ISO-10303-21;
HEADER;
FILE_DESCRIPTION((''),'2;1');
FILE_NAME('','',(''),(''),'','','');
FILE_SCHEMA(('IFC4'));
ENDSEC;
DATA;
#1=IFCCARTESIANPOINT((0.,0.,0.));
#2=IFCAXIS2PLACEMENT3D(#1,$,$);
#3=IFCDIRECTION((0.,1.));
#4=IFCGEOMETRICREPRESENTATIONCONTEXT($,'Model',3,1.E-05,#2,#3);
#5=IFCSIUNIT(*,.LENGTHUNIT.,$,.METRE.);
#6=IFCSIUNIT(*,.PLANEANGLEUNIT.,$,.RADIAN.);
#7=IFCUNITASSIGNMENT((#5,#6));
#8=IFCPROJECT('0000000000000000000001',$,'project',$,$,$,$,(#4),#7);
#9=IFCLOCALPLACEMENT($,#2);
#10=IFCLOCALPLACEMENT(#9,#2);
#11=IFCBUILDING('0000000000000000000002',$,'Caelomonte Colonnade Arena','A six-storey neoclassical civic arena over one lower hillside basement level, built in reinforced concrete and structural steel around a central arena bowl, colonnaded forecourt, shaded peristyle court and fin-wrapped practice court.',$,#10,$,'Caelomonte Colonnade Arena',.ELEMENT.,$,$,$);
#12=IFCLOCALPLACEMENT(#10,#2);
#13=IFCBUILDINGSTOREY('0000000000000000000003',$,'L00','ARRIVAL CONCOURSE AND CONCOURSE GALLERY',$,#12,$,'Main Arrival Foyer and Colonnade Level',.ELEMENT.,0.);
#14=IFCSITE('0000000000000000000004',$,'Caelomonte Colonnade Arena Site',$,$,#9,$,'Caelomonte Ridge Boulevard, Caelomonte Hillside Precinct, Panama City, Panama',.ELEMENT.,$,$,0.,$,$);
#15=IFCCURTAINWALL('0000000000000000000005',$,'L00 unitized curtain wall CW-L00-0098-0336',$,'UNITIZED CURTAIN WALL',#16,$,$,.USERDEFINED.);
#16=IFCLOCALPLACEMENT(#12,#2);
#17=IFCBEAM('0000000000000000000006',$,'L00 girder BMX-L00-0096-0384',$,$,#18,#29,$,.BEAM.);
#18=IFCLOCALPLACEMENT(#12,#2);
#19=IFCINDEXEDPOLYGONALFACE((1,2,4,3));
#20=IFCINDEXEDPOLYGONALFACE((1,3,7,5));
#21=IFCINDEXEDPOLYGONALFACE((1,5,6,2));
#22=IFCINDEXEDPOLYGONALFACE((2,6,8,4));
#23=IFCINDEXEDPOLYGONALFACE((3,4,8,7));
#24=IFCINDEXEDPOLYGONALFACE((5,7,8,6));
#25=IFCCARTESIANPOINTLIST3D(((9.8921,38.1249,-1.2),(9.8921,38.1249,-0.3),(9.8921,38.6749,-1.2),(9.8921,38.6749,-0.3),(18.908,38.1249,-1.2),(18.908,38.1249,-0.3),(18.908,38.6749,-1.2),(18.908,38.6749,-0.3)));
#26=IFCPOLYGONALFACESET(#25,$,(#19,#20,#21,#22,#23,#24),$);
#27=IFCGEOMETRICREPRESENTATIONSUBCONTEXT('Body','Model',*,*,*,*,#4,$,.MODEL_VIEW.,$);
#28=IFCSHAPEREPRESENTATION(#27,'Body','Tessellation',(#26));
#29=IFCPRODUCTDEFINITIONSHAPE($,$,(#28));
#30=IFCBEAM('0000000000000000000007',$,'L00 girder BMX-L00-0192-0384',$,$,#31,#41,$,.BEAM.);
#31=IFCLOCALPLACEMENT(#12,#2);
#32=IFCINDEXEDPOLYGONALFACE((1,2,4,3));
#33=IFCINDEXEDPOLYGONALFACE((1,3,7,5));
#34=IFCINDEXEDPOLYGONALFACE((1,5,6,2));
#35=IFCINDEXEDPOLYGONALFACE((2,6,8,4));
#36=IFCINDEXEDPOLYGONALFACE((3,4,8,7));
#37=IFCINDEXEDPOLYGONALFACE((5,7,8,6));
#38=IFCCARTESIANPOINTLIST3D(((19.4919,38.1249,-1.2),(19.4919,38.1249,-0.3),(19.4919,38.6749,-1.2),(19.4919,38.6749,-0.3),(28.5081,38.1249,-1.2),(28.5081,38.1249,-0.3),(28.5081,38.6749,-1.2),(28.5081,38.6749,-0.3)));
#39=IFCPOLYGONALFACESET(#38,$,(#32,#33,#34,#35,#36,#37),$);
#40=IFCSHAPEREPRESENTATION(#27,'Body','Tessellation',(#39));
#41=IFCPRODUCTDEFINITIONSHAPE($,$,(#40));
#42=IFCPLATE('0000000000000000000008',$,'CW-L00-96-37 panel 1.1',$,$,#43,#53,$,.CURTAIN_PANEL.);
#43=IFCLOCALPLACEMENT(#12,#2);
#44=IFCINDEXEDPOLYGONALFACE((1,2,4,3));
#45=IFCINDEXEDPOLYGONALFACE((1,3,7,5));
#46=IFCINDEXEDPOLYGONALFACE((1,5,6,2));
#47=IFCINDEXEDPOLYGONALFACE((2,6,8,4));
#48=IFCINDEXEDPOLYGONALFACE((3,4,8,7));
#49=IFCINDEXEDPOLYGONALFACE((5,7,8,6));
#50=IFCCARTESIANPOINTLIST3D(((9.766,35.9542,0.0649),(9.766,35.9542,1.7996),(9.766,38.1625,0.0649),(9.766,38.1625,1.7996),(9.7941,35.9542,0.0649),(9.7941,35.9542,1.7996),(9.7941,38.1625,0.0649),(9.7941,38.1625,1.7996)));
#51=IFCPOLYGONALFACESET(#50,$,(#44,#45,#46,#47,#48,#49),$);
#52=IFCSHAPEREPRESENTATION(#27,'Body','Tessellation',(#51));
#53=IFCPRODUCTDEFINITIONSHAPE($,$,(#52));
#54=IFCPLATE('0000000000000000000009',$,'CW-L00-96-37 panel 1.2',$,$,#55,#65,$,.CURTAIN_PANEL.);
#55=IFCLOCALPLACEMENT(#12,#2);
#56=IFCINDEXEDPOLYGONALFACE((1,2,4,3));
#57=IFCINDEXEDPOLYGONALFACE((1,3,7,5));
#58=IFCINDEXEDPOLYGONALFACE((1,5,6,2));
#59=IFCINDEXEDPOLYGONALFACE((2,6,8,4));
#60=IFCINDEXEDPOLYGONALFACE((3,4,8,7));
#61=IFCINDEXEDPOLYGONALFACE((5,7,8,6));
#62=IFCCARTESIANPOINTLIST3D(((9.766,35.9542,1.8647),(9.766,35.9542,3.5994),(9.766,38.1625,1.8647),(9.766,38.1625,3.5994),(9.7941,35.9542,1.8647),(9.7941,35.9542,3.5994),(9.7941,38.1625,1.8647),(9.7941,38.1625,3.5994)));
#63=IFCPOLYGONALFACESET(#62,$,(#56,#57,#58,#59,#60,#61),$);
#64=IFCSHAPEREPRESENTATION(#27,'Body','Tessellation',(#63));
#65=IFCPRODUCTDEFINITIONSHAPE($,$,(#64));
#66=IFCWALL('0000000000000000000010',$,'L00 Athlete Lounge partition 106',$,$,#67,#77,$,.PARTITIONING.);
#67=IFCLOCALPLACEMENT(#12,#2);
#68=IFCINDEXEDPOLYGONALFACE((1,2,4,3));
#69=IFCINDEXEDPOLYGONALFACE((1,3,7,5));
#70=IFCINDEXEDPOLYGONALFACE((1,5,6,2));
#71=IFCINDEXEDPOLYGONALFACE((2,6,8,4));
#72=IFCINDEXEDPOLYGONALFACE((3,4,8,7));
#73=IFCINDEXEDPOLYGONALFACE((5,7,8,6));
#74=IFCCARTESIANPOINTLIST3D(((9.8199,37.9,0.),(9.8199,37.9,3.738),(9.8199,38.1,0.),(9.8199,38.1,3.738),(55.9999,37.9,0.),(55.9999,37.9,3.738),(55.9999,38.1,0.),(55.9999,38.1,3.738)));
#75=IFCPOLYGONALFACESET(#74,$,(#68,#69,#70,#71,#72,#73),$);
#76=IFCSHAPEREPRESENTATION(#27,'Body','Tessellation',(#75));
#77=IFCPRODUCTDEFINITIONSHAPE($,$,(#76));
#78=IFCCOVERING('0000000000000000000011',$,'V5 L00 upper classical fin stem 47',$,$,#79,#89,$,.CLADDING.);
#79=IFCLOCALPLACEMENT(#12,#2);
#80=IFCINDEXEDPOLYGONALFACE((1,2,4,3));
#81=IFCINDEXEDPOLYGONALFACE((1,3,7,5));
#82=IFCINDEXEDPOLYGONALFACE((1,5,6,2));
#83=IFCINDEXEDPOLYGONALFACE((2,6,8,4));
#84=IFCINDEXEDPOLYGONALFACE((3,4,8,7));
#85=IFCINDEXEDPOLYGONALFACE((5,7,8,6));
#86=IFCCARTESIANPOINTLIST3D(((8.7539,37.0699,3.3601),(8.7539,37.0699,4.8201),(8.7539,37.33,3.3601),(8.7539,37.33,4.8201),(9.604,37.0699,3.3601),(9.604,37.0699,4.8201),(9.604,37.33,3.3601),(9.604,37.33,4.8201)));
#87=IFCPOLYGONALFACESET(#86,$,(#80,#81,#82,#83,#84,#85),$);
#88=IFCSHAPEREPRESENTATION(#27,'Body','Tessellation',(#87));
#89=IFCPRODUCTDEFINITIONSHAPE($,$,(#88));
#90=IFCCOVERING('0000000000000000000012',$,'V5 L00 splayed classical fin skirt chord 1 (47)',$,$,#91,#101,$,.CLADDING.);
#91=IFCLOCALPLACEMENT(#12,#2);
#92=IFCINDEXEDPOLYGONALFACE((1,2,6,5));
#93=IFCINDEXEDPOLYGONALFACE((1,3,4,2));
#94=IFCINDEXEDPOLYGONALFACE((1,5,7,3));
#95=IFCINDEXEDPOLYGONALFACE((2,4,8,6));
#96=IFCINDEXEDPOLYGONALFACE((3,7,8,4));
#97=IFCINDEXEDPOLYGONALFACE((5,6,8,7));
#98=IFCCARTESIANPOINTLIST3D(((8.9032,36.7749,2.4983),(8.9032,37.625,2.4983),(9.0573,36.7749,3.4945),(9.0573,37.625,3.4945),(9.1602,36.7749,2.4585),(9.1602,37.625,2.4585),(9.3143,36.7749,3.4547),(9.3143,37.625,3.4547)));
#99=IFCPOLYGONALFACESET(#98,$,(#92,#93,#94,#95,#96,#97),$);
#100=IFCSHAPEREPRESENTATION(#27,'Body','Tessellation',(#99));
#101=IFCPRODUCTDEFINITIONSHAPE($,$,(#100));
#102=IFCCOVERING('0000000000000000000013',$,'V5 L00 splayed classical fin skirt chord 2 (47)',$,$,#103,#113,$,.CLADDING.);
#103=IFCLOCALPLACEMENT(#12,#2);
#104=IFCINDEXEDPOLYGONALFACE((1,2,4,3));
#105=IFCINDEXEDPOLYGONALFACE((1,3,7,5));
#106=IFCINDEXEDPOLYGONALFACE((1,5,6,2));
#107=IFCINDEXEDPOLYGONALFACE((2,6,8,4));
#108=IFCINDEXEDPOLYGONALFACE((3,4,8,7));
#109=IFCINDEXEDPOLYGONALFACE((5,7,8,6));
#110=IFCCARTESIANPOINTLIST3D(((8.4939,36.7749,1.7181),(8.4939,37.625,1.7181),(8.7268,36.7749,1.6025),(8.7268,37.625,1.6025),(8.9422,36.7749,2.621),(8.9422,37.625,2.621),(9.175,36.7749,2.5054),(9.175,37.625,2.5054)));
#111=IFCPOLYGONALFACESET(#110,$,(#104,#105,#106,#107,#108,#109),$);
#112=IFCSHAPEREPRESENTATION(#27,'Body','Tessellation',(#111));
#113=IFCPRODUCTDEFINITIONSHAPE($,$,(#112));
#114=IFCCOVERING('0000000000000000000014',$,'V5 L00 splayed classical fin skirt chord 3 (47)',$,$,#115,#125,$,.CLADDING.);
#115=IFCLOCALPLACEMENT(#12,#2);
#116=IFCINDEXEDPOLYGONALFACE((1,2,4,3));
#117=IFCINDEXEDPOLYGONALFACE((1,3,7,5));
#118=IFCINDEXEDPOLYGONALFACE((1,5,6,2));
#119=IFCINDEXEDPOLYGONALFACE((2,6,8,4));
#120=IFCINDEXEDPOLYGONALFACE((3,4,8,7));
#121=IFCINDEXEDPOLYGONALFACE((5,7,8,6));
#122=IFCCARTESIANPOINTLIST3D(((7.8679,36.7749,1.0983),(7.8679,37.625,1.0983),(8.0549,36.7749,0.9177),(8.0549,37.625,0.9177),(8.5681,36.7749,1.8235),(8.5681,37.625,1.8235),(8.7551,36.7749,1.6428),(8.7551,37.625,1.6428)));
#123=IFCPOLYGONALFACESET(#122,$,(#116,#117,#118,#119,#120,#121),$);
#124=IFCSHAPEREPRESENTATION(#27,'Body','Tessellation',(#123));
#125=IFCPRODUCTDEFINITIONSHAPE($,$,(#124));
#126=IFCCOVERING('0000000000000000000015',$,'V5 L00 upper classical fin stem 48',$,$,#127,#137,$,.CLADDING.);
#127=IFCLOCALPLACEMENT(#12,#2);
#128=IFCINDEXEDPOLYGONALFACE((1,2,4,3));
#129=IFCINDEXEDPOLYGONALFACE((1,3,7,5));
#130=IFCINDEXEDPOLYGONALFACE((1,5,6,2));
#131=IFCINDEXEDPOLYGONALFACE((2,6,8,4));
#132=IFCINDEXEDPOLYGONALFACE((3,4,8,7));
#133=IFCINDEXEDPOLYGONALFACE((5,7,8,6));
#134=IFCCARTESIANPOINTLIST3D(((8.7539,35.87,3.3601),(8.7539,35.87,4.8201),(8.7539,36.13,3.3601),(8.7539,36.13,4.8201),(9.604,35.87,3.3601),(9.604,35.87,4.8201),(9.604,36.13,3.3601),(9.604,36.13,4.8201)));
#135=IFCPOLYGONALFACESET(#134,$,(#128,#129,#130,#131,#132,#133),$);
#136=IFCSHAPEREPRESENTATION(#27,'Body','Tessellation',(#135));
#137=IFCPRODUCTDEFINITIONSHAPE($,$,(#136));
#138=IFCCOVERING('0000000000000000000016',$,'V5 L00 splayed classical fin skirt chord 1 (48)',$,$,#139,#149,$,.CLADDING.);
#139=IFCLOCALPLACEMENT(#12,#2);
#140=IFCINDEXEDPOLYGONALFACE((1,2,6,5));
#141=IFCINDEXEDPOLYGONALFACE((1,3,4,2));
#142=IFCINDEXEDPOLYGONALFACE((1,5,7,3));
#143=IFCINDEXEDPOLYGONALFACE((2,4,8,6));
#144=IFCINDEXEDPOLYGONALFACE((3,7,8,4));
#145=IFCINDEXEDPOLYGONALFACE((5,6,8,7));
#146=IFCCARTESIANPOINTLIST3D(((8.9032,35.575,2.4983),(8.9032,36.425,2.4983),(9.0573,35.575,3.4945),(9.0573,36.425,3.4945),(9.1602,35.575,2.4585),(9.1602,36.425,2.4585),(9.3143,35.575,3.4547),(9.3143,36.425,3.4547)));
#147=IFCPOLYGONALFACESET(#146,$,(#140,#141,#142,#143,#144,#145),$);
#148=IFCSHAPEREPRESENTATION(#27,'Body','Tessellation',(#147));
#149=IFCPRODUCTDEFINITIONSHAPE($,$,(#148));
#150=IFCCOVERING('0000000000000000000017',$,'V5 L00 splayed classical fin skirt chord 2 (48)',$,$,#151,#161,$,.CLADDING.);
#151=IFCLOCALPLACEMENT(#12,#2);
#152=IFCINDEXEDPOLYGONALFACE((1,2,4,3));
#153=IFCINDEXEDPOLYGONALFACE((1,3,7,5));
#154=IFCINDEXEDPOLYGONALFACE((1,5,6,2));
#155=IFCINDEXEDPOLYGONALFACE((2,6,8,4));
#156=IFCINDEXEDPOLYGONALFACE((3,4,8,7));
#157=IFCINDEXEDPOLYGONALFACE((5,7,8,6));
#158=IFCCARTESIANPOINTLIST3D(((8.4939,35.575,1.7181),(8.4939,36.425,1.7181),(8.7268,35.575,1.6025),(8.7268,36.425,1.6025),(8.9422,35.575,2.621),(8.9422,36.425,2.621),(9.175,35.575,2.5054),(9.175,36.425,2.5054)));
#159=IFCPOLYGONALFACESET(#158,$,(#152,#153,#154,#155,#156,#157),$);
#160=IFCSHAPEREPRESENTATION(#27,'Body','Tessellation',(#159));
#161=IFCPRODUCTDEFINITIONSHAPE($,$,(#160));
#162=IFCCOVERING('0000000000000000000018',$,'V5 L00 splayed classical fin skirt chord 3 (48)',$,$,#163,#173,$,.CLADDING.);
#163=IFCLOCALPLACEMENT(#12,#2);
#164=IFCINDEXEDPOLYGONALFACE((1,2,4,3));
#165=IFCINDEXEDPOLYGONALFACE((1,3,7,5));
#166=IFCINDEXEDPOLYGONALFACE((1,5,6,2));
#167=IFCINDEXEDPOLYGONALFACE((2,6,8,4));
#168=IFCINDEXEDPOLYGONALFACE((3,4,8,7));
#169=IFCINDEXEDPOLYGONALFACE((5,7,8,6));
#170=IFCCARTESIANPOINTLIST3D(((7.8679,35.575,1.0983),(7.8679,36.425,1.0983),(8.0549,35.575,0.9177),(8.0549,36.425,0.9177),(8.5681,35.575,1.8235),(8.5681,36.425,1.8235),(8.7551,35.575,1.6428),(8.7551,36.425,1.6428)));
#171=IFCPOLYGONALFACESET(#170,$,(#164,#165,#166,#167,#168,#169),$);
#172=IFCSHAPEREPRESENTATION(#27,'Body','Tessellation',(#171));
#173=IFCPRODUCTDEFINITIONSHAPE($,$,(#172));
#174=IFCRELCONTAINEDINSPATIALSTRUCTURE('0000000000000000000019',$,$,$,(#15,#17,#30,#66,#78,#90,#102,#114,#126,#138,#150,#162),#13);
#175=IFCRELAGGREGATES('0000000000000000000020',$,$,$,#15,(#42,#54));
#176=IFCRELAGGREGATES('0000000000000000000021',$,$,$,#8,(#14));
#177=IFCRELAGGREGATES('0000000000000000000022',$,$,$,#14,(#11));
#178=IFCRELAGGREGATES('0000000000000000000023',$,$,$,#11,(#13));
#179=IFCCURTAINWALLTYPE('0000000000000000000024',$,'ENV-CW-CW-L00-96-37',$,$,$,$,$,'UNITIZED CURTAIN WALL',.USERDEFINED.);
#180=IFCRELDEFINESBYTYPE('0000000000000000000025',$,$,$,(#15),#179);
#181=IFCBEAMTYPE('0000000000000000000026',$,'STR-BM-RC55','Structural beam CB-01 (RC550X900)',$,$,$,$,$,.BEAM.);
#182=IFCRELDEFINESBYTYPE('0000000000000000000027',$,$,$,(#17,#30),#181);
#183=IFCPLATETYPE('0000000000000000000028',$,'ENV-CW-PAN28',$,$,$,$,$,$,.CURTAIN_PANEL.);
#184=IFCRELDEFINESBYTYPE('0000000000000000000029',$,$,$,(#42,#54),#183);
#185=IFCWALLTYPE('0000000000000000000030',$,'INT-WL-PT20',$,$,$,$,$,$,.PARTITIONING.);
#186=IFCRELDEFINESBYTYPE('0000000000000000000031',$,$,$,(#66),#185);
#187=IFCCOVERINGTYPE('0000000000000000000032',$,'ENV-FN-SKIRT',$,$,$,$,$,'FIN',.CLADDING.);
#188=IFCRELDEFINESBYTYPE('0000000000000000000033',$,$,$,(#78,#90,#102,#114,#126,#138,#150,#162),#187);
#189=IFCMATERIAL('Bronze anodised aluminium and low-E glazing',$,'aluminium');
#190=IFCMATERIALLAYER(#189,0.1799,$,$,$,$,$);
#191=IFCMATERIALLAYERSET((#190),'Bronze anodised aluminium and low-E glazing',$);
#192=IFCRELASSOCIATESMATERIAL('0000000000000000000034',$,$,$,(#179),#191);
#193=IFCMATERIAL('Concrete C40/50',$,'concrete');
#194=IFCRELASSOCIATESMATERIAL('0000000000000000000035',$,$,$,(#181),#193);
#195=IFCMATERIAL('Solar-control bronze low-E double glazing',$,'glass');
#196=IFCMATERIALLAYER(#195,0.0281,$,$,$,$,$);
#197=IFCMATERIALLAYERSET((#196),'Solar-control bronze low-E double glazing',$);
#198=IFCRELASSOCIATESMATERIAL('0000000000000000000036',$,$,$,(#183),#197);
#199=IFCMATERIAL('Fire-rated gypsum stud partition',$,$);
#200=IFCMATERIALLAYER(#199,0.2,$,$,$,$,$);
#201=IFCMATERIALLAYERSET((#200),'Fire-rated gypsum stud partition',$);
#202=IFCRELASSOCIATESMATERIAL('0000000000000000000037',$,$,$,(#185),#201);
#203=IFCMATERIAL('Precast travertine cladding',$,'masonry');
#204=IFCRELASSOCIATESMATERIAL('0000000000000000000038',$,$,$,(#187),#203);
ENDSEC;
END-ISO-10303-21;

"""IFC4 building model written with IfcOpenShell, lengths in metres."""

from ifc_helpers import new_model, si_unit, direction, frame, frame_2d, origin, origin_2d, place, context, subcontext, project, spatial, rectangle, extrude, material, layer, layer_set, material_profile, profile_set, type_object, element, aggregate, save


model = new_model("IFC4")

# Units and contexts
model_context = context("Model", 3, precision=1e-05, world=origin(), true_north=direction((0.0, 1.0)))
body_context = subcontext(model_context, "Body", "Model", "MODEL_VIEW")
ifc_project = project(units=[si_unit("LENGTHUNIT", "METRE"), si_unit("PLANEANGLEUNIT", "RADIAN")], contexts=[model_context])

# Site, building, storey
site_placement = place(None, origin())
site = spatial("IfcSite", under=ifc_project, at=site_placement, Name="Caelomonte Colonnade Arena Site", LongName="Caelomonte Ridge Boulevard, Caelomonte Hillside Precinct, Panama City, Panama", CompositionType="ELEMENT", RefElevation=0.0)
building_placement = place(site_placement, origin())
building = spatial("IfcBuilding", under=site, at=building_placement, Name="Caelomonte Colonnade Arena", Description="A six-storey neoclassical civic arena over one lower hillside basement level, built in reinforced concrete and structural steel around a central arena bowl, colonnaded forecourt, shaded peristyle court and fin-wrapped practice court.", LongName="Caelomonte Colonnade Arena", CompositionType="ELEMENT")
storey_placement = place(building_placement, origin())
storey = spatial("IfcBuildingStorey", under=building, at=storey_placement, Name="L00", Description="ARRIVAL CONCOURSE AND CONCOURSE GALLERY", LongName="Main Arrival Foyer and Colonnade Level", CompositionType="ELEMENT", Elevation=0.0)

# Curtain wall
ifc_material_1 = material(Name="Bronze anodised aluminium and low-E glazing", Category="aluminium")
ifc_layer_1 = layer(ifc_material_1, 0.1799)
ifc_layer_set_1 = layer_set([ifc_layer_1], Name="Bronze anodised aluminium and low-E glazing")
curtain_wall_type = type_object("IfcCurtainWallType", Name="ENV-CW-CW-L00-96-37", ElementType="UNITIZED CURTAIN WALL", PredefinedType="USERDEFINED", material=ifc_layer_set_1)
curtain_wall_placement = place(storey_placement, origin())
curtain_wall = element("IfcCurtainWall", 1, at=curtain_wall_placement, inside=storey, type_object=curtain_wall_type, Name="L00 unitized curtain wall CW-L00-0098-0336", ObjectType="UNITIZED CURTAIN WALL", PredefinedType="USERDEFINED")

# Beams
ifc_material_2 = material(Name="Concrete C40/50", Category="concrete")
ifc_material_profile_1 = material_profile(ifc_material_2, rectangle(XDim=0.55, YDim=0.8999, at=origin_2d()), Name="RC550X900")
ifc_profile_set_1 = profile_set([ifc_material_profile_1], Name="Concrete C40/50")
beam_type_1 = type_object("IfcBeamType", Name="STR-BM-RC55", Description="Structural beam CB-01 (RC550X900)", PredefinedType="BEAM", material=ifc_profile_set_1)
beam_1_placement = place(storey_placement, frame((9.8921, 38.3999, -0.75), z_axis=(1.0, 0.0, 0.0), x_axis=(0.0, 1.0, 0.0)))
element("IfcBeam", 2, at=beam_1_placement, inside=storey, type_object=beam_type_1, Name="L00 girder BMX-L00-0096-0384", PredefinedType="BEAM", context=body_context, shape_type="SweptSolid", body=[
    extrude(rectangle(XDim=0.55, YDim=0.8999, at=origin_2d()), origin(), (0.0, 0.0, 1.0), 9.0159),
])
beam_2_placement = place(storey_placement, frame((19.4919, 38.3999, -0.75), z_axis=(1.0, 0.0, 0.0), x_axis=(0.0, 1.0, 0.0)))
element("IfcBeam", 3, at=beam_2_placement, inside=storey, type_object=beam_type_1, Name="L00 girder BMX-L00-0192-0384", PredefinedType="BEAM", context=body_context, shape_type="SweptSolid", body=[
    extrude(rectangle(XDim=0.55, YDim=0.8999, at=origin_2d()), origin(), (0.0, 0.0, 1.0), 9.0161),
])

# Plates
ifc_material_3 = material(Name="Solar-control bronze low-E double glazing", Category="glass")
ifc_layer_2 = layer(ifc_material_3, 0.0281)
ifc_layer_set_2 = layer_set([ifc_layer_2], Name="Solar-control bronze low-E double glazing")
plate_type = type_object("IfcPlateType", Name="ENV-CW-PAN28", PredefinedType="CURTAIN_PANEL", material=ifc_layer_set_2)
plate_1_placement = place(storey_placement, frame((9.78, 37.0583, 0.0649), z_axis=(0.0, 0.0, 1.0), x_axis=(0.0, -1.0, 0.0)))
plate_1 = element("IfcPlate", 4, at=plate_1_placement, type_object=plate_type, Name="CW-L00-96-37 panel 1.1", PredefinedType="CURTAIN_PANEL", context=body_context, shape_type="SweptSolid", body=[
    extrude(rectangle(XDim=2.2083, YDim=0.0281, at=origin_2d()), origin(), (0.0, 0.0, 1.0), 1.7346),
])
plate_2_placement = place(storey_placement, frame((9.78, 37.0583, 1.8647), z_axis=(0.0, 0.0, 1.0), x_axis=(0.0, -1.0, 0.0)))
plate_2 = element("IfcPlate", 5, at=plate_2_placement, type_object=plate_type, Name="CW-L00-96-37 panel 1.2", PredefinedType="CURTAIN_PANEL", context=body_context, shape_type="SweptSolid", body=[
    extrude(rectangle(XDim=2.2083, YDim=0.0281, at=origin_2d()), origin(), (0.0, 0.0, 1.0), 1.7346),
])
aggregate(curtain_wall, [plate_1, plate_2])

# Wall
ifc_material_4 = material(Name="Fire-rated gypsum stud partition")
ifc_layer_3 = layer(ifc_material_4, 0.2)
ifc_layer_set_3 = layer_set([ifc_layer_3], Name="Fire-rated gypsum stud partition")
wall_type = type_object("IfcWallType", Name="INT-WL-PT20", PredefinedType="PARTITIONING", material=ifc_layer_set_3)
wall_placement = place(storey_placement, frame((9.8201, 38.0, 0.0), z_axis=(0.0, 0.0, 1.0), x_axis=(1.0, 0.0, 0.0)))
element("IfcWall", 6, at=wall_placement, inside=storey, type_object=wall_type, Name="L00 Athlete Lounge partition 106", PredefinedType="PARTITIONING", context=body_context, shape_type="SweptSolid", body=[
    extrude(rectangle(XDim=46.1799, YDim=0.2, at=frame_2d((23.0898, 0.0))), origin(), (0.0, 0.0, 1.0), 3.738),
])

# Coverings
ifc_material_5 = material(Name="Precast travertine cladding", Category="masonry")
ifc_material_profile_2 = material_profile(ifc_material_5, rectangle(XDim=0.26, YDim=0.8501, at=origin_2d()), Name="FIN260X850")
ifc_profile_set_2 = profile_set([ifc_material_profile_2], Name="Precast travertine cladding")
covering_type = type_object("IfcCoveringType", Name="ENV-FN-SKIRT", ElementType="FIN", PredefinedType="CLADDING", material=ifc_profile_set_2)
covering_1_placement = place(storey_placement, frame((9.179, 37.2, 3.3601), z_axis=(0.0, 0.0, 1.0), x_axis=(0.0, 1.0, 0.0)))
element("IfcCovering", 7, at=covering_1_placement, inside=storey, type_object=covering_type, Name="V5 L00 upper classical fin stem 47", PredefinedType="CLADDING", context=body_context, shape_type="SweptSolid", body=[
    extrude(rectangle(XDim=0.26, YDim=0.8501, at=origin_2d()), origin(), (0.0, 0.0, 1.0), 1.46),
])
for number, where, z_axis, x_axis, name in (
    (8, (9.1858, 37.2, 3.4746), (-0.15284, 0.0, -0.988251), (-0.988251, 0.0, 0.15284), "V5 L00 splayed classical fin skirt chord 1 (47)"),
    (9, (9.0586, 37.2, 2.5632), (-0.444693, 0.0, -0.895683), (-0.895683, 0.0, 0.444693), "V5 L00 splayed classical fin skirt chord 2 (47)"),
    (10, (8.6616, 37.2, 1.7332), (-0.694646, 0.0, -0.719351), (-0.719351, 0.0, 0.694646), "V5 L00 splayed classical fin skirt chord 3 (47)"),
):
    element("IfcCovering", number, at=place(storey_placement, frame(where, z_axis=z_axis, x_axis=x_axis)), inside=storey, type_object=covering_type, Name=name, PredefinedType="CLADDING", context=body_context, shape_type="SweptSolid", body=[
        extrude(rectangle(XDim=0.26, YDim=0.8501, at=origin_2d()), origin(), (0.0, 0.0, 1.0), 1.0081),
    ])
covering_2_placement = place(storey_placement, frame((9.179, 36.0, 3.3601), z_axis=(0.0, 0.0, 1.0), x_axis=(0.0, 1.0, 0.0)))
element("IfcCovering", 11, at=covering_2_placement, inside=storey, type_object=covering_type, Name="V5 L00 upper classical fin stem 48", PredefinedType="CLADDING", context=body_context, shape_type="SweptSolid", body=[
    extrude(rectangle(XDim=0.26, YDim=0.8501, at=origin_2d()), origin(), (0.0, 0.0, 1.0), 1.46),
])
for number, where, z_axis, x_axis, name in (
    (12, (9.1858, 36.0, 3.4746), (-0.15284, 0.0, -0.988251), (-0.988251, 0.0, 0.15284), "V5 L00 splayed classical fin skirt chord 1 (48)"),
    (13, (9.0586, 36.0, 2.5632), (-0.444693, 0.0, -0.895683), (-0.895683, 0.0, 0.444693), "V5 L00 splayed classical fin skirt chord 2 (48)"),
    (14, (8.6616, 36.0, 1.7332), (-0.694646, 0.0, -0.719351), (-0.719351, 0.0, 0.694646), "V5 L00 splayed classical fin skirt chord 3 (48)"),
):
    element("IfcCovering", number, at=place(storey_placement, frame(where, z_axis=z_axis, x_axis=x_axis)), inside=storey, type_object=covering_type, Name=name, PredefinedType="CLADDING", context=body_context, shape_type="SweptSolid", body=[
        extrude(rectangle(XDim=0.26, YDim=0.8501, at=origin_2d()), origin(), (0.0, 0.0, 1.0), 1.0081),
    ])

save(model, "model.ifc")
